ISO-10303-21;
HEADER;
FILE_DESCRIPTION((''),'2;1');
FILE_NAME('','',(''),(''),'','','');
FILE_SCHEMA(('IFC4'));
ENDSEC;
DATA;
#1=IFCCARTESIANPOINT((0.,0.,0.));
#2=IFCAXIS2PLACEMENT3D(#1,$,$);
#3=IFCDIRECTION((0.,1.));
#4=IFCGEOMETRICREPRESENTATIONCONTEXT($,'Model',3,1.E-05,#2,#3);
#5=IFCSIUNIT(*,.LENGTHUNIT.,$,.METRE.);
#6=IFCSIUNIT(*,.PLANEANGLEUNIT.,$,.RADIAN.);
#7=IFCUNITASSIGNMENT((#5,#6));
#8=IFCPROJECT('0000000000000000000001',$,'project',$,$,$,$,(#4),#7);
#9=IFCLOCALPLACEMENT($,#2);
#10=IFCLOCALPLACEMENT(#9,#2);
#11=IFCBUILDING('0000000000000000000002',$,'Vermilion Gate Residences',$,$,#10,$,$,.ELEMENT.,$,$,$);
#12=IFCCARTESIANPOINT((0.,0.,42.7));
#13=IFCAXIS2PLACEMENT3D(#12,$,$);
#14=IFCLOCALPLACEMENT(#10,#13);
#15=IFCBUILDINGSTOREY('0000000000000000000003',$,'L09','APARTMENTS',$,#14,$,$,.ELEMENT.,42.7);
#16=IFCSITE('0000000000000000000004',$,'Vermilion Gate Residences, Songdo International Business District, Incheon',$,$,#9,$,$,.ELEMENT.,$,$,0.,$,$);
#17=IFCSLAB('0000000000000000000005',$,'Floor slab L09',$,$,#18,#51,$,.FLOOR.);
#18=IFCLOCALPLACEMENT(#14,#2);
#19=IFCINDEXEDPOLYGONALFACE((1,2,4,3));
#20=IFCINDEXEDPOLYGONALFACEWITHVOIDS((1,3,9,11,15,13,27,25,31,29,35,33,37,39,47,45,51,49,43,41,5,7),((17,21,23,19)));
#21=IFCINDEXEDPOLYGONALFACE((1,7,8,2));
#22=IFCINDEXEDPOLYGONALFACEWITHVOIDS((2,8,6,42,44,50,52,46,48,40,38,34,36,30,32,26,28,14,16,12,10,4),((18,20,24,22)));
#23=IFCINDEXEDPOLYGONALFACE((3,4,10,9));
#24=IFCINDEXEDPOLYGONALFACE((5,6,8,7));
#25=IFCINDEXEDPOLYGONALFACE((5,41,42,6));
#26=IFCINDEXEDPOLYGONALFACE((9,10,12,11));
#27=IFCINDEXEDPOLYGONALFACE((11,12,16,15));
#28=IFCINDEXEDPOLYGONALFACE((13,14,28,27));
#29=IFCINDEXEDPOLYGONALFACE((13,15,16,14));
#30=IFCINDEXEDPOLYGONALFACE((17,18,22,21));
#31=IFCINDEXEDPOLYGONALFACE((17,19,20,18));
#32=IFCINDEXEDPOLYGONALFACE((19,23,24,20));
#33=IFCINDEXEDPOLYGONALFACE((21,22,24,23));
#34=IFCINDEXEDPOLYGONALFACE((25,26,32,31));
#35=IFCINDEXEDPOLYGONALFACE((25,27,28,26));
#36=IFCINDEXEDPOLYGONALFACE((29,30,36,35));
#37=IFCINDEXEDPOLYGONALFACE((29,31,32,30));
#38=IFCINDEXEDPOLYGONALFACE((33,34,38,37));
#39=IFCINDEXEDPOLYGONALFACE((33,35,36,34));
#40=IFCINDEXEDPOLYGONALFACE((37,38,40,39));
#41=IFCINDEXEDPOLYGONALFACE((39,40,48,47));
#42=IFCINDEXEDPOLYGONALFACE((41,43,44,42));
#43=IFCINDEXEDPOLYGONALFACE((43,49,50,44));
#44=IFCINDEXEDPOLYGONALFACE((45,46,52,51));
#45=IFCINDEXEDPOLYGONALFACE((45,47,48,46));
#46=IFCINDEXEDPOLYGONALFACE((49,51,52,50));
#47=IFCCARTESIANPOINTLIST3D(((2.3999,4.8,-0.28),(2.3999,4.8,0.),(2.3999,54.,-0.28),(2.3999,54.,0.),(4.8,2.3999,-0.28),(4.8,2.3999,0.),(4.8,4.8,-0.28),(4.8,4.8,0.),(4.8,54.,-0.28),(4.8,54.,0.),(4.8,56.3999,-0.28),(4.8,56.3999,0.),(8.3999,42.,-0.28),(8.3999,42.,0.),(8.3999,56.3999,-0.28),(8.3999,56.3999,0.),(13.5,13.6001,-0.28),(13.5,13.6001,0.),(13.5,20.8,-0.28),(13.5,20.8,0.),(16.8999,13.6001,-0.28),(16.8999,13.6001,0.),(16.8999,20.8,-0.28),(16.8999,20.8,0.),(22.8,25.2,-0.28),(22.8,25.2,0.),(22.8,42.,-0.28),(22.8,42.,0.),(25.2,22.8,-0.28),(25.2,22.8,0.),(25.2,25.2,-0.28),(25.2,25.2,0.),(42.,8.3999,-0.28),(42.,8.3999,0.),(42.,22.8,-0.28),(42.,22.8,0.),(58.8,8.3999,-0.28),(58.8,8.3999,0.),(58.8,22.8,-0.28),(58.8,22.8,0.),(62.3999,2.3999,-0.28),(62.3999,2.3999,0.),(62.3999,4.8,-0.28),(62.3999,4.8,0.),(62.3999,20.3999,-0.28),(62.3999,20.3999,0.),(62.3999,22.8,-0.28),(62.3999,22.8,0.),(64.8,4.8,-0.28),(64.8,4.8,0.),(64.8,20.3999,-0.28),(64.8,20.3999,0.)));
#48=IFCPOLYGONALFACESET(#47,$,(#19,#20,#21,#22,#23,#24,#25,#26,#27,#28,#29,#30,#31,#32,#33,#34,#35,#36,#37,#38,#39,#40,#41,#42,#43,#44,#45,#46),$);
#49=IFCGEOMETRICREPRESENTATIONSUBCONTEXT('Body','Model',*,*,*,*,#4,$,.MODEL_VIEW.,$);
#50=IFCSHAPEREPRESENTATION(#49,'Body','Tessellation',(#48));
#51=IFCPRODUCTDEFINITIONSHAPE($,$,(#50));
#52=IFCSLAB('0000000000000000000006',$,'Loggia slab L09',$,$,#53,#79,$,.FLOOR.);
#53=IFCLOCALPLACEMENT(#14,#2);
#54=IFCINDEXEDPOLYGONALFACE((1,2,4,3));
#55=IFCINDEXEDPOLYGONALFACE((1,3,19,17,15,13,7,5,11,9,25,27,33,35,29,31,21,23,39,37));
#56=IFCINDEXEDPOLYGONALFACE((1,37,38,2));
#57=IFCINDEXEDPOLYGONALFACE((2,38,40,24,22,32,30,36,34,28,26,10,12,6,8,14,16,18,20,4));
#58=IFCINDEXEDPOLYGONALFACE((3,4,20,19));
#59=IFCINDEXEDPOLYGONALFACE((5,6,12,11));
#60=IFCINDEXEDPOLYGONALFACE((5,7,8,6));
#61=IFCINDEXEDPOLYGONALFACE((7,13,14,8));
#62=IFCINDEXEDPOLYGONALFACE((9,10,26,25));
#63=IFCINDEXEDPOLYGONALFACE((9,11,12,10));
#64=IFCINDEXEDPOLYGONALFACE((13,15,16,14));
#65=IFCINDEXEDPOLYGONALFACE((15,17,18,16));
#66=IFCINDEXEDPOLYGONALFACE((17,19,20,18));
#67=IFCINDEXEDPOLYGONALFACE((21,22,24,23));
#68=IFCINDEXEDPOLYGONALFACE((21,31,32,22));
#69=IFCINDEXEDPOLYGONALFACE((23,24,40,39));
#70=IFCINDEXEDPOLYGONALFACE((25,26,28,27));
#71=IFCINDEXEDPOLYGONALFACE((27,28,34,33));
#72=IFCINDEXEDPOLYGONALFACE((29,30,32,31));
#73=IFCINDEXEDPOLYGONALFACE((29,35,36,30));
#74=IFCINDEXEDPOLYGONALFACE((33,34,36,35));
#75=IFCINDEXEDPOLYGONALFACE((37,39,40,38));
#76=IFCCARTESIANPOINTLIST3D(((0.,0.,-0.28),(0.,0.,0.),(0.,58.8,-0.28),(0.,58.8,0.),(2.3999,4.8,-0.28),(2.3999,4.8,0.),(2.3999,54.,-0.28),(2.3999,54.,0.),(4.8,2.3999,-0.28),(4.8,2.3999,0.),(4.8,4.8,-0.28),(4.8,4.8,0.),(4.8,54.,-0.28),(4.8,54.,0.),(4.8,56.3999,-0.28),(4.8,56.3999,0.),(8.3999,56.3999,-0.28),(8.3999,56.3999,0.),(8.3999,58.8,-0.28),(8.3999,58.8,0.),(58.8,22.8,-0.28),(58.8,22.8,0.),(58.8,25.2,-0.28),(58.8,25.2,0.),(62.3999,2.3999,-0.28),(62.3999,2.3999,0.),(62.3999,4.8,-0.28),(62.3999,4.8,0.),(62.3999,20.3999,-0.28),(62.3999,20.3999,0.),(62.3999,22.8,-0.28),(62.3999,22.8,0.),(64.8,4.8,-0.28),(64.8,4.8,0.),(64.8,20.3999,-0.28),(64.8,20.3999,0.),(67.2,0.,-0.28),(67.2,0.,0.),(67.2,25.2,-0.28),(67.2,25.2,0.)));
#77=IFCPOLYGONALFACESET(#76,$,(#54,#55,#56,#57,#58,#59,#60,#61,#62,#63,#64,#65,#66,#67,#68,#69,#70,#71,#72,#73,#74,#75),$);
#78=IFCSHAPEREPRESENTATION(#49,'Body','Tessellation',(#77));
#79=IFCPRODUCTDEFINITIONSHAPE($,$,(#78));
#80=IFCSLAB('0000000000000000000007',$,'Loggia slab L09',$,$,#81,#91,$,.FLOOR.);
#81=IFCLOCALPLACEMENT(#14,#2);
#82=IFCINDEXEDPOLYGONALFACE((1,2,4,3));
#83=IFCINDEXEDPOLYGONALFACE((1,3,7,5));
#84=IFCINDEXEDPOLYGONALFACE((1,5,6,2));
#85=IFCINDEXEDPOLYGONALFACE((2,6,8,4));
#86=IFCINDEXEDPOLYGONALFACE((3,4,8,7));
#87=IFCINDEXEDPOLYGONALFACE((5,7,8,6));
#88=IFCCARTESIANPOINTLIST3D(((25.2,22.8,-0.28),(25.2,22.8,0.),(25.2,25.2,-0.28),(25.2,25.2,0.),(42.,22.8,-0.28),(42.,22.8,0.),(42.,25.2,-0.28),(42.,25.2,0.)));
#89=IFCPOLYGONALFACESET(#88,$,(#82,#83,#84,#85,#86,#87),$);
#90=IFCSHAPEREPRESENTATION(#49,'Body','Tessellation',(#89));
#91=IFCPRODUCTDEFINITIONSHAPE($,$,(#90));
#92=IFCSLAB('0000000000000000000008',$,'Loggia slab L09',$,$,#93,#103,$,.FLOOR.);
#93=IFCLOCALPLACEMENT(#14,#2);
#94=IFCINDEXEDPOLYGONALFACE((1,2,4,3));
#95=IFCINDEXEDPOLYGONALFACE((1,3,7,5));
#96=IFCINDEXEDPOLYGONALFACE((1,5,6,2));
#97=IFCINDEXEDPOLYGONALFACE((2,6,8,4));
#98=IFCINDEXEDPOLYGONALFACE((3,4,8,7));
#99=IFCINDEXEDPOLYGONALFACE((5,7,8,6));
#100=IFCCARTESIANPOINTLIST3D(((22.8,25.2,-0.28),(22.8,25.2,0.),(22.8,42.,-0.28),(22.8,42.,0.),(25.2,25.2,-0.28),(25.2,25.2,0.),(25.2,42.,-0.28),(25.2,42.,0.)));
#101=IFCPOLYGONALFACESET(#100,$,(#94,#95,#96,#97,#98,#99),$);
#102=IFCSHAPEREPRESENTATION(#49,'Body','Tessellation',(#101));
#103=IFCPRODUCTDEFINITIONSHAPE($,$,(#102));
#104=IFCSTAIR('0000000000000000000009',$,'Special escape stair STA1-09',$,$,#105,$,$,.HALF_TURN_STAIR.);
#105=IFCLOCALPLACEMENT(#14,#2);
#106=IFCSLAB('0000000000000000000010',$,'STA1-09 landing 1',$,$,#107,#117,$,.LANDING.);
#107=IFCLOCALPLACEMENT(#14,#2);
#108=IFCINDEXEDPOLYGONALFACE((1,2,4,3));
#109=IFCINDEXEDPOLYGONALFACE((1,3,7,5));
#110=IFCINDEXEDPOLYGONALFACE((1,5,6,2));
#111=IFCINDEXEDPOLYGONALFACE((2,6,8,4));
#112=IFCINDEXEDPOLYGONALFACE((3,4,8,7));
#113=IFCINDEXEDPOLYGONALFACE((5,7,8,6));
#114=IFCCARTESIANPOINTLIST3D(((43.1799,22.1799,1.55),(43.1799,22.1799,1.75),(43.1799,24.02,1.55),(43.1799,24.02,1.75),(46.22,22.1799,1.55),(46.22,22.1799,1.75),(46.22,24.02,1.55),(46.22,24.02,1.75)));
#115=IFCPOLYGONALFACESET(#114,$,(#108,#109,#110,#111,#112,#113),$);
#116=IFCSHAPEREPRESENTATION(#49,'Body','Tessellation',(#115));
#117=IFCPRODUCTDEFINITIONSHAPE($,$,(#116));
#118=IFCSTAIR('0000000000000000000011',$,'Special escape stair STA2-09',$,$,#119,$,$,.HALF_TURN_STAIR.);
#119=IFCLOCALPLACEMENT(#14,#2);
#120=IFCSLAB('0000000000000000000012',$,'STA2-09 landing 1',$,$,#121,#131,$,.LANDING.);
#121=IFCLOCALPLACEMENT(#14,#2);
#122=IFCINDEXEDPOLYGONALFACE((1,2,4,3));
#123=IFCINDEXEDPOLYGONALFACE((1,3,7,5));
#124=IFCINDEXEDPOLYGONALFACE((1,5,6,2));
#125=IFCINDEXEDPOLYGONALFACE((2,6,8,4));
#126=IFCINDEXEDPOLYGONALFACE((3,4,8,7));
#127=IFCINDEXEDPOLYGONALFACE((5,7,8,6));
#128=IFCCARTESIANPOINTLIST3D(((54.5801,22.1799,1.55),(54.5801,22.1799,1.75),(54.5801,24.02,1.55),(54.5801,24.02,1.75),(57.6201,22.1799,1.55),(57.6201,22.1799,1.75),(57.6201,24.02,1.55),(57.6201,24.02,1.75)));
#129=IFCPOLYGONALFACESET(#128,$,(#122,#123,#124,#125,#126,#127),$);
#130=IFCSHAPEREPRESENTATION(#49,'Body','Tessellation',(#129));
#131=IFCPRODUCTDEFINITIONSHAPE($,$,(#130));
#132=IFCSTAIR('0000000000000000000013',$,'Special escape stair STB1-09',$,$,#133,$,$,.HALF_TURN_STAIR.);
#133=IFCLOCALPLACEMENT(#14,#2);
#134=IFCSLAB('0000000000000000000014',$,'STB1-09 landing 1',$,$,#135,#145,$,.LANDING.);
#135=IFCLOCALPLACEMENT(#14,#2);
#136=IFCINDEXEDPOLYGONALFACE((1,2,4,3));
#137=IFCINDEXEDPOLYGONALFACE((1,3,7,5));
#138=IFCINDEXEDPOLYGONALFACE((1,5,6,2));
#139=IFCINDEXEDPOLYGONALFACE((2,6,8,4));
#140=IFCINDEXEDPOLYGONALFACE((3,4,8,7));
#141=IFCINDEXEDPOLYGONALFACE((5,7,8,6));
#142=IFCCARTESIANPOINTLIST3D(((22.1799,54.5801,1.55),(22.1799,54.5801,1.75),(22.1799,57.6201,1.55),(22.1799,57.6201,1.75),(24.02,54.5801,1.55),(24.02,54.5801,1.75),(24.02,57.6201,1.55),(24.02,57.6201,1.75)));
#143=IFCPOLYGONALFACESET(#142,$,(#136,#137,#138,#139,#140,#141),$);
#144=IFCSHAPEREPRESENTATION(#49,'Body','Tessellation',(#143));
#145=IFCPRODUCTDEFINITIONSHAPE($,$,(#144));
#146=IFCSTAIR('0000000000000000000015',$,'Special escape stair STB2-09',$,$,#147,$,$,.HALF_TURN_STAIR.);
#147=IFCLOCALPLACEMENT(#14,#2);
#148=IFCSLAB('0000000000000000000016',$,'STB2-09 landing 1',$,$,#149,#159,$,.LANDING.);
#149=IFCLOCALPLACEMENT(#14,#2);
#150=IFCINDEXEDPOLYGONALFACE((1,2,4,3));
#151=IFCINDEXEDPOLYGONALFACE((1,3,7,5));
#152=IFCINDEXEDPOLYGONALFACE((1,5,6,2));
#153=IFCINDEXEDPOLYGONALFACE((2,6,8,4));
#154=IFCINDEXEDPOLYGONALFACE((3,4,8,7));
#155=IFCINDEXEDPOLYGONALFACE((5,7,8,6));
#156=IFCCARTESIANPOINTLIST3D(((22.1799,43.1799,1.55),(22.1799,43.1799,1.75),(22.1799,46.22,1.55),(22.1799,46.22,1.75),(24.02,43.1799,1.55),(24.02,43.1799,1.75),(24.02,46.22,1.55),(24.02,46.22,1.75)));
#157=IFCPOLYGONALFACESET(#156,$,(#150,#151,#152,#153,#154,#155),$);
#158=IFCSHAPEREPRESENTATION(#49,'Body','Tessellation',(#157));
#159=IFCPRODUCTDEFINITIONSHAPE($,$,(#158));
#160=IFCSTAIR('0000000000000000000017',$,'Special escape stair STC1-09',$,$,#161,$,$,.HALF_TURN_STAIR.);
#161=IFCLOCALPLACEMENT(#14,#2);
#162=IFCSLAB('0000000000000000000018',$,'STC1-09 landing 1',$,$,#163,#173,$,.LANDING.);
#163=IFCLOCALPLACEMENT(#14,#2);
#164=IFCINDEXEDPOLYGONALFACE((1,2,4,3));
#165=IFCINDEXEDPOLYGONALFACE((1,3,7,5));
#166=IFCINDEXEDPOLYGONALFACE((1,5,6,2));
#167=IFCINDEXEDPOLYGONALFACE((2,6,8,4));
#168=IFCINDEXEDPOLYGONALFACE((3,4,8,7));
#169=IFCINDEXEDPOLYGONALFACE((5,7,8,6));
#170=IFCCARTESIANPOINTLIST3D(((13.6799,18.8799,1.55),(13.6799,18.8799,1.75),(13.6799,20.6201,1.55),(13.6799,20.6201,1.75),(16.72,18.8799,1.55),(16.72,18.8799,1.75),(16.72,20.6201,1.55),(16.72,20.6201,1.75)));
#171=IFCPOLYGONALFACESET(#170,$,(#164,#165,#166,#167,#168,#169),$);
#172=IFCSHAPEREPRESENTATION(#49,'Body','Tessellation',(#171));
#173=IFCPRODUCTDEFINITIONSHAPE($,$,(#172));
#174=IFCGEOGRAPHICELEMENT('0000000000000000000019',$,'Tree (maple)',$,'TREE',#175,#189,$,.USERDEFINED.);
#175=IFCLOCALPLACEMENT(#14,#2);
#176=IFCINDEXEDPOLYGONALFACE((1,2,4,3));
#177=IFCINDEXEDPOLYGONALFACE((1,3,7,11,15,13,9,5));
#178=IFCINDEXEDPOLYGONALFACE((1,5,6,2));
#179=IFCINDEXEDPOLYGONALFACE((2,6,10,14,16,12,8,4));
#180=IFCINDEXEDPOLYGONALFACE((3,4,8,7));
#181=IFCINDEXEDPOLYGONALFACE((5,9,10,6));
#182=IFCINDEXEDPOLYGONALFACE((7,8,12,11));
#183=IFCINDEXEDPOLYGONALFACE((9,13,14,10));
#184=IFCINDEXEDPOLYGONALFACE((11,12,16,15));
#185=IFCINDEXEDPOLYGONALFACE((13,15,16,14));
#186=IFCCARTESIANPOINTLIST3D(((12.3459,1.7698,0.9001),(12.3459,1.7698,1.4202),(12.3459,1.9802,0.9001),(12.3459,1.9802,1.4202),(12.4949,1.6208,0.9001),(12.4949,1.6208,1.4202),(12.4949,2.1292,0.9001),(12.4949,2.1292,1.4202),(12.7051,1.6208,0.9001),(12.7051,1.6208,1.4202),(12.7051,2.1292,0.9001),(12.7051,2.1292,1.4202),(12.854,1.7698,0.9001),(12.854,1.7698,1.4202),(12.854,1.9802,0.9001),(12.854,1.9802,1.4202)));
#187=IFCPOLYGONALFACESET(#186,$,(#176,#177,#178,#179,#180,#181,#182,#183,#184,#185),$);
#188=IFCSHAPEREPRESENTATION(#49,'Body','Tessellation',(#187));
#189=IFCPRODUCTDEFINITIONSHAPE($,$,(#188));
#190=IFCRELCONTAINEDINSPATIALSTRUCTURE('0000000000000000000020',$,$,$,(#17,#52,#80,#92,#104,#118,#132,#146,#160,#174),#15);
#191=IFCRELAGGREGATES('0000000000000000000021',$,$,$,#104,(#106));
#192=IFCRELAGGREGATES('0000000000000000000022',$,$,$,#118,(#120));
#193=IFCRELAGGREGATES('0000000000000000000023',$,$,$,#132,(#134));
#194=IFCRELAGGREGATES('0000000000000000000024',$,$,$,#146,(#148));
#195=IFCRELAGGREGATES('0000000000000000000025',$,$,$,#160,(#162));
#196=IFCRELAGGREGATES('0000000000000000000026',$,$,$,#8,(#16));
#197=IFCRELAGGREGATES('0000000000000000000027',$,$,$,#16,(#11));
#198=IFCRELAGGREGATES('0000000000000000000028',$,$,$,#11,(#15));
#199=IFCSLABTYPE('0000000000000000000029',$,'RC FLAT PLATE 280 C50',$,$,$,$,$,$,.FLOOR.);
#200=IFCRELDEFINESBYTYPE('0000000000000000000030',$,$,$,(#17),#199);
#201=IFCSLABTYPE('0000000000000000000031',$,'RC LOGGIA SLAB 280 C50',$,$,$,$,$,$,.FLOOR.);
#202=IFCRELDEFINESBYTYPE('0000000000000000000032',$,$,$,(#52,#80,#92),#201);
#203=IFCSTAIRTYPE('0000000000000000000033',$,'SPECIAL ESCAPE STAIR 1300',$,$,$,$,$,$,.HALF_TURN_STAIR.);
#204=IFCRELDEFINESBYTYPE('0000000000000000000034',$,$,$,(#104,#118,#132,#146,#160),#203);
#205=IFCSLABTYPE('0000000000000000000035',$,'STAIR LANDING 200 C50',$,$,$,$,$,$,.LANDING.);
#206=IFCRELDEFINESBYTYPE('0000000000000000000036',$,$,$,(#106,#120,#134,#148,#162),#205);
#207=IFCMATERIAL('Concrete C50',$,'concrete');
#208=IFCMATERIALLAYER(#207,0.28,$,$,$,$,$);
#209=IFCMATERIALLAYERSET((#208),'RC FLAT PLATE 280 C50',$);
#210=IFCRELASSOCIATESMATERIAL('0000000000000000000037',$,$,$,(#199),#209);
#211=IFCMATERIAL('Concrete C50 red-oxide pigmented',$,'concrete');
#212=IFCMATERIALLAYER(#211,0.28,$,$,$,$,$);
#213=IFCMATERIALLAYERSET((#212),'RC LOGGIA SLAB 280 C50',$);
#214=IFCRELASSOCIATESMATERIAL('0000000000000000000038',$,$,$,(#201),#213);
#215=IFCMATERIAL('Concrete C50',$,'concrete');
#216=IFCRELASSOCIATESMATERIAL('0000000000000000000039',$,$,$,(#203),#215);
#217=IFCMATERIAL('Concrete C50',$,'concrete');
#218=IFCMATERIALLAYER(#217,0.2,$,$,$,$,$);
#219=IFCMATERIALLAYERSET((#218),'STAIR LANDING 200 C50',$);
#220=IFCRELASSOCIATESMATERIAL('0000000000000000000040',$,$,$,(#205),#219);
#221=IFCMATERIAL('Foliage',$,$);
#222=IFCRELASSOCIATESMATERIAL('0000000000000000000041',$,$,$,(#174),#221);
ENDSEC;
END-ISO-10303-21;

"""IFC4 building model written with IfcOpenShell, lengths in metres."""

from ifc_helpers import new_model, si_unit, direction, frame, origin, place, context, subcontext, project, spatial, polyline, outline, extrude, material, layer, layer_set, type_object, element, aggregate, save


model = new_model("IFC4")

# Units and contexts
model_context = context("Model", 3, precision=1e-05, world=origin(), true_north=direction((0.0, 1.0)))
body_context = subcontext(model_context, "Body", "Model", "MODEL_VIEW")
ifc_project = project(units=[si_unit("LENGTHUNIT", "METRE"), si_unit("PLANEANGLEUNIT", "RADIAN")], contexts=[model_context])

# Site, building, storey
site_placement = place(None, origin())
site = spatial("IfcSite", under=ifc_project, at=site_placement, Name="Vermilion Gate Residences, Songdo International Business District, Incheon", CompositionType="ELEMENT", RefElevation=0.0)
building_placement = place(site_placement, origin())
building = spatial("IfcBuilding", under=site, at=building_placement, Name="Vermilion Gate Residences", CompositionType="ELEMENT")
storey_placement = place(building_placement, frame((0.0, 0.0, 42.7)))
storey = spatial("IfcBuildingStorey", under=building, at=storey_placement, Name="L09", Description="APARTMENTS", CompositionType="ELEMENT", Elevation=42.7)

# Slabs
ifc_material_1 = material(Name="Concrete C50", Category="concrete")
ifc_layer_1 = layer(ifc_material_1, 0.28)
ifc_layer_set_1 = layer_set([ifc_layer_1], Name="RC FLAT PLATE 280 C50")
slab_type_1 = type_object("IfcSlabType", Name="RC FLAT PLATE 280 C50", PredefinedType="FLOOR", material=ifc_layer_set_1)
slab_1_placement = place(storey_placement, frame((0.0, 0.0, -0.28)))
element("IfcSlab", 1, at=slab_1_placement, inside=storey, type_object=slab_type_1, Name="Floor slab L09", PredefinedType="FLOOR", context=body_context, shape_type="SweptSolid", body=[
    extrude(outline(polyline([(22.8, 25.2), (22.8, 42.0), (8.3999, 42.0), (8.3999, 56.3999), (4.8, 56.3999), (4.8, 54.0), (2.3999, 54.0), (2.3999, 4.8), (4.8, 4.8), (4.8, 2.3999), (62.3999, 2.3999), (62.3999, 4.8), (64.8, 4.8), (64.8, 20.3999), (62.3999, 20.3999), (62.3999, 22.8), (58.8, 22.8), (58.8, 8.3999), (42.0, 8.3999), (42.0, 22.8), (25.2, 22.8), (25.2, 25.2), (22.8, 25.2)]), holes=[polyline([(13.5, 13.6001), (13.5, 20.8), (16.8999, 20.8), (16.8999, 13.6001), (13.5, 13.6001)])]), origin(), (0.0, 0.0, 1.0), 0.28),
])
ifc_material_2 = material(Name="Concrete C50 red-oxide pigmented", Category="concrete")
ifc_layer_2 = layer(ifc_material_2, 0.28)
ifc_layer_set_2 = layer_set([ifc_layer_2], Name="RC LOGGIA SLAB 280 C50")
slab_type_2 = type_object("IfcSlabType", Name="RC LOGGIA SLAB 280 C50", PredefinedType="FLOOR", material=ifc_layer_set_2)
slab_2_placement = place(storey_placement, frame((0.0, 0.0, -0.28)))
element("IfcSlab", 2, at=slab_2_placement, inside=storey, type_object=slab_type_2, Name="Loggia slab L09", PredefinedType="FLOOR", context=body_context, shape_type="SweptSolid", body=[
    extrude(outline(polyline([(0.0, 58.8), (0.0, 0.0), (67.2, 0.0), (67.2, 25.2), (58.8, 25.2), (58.8, 22.8), (62.3999, 22.8), (62.3999, 20.3999), (64.8, 20.3999), (64.8, 4.8), (62.3999, 4.8), (62.3999, 2.3999), (4.8, 2.3999), (4.8, 4.8), (2.3999, 4.8), (2.3999, 54.0), (4.8, 54.0), (4.8, 56.3999), (8.3999, 56.3999), (8.3999, 58.8), (0.0, 58.8)])), origin(), (0.0, 0.0, 1.0), 0.28),
])
slab_3_placement = place(storey_placement, frame((0.0, 0.0, -0.28)))
element("IfcSlab", 3, at=slab_3_placement, inside=storey, type_object=slab_type_2, Name="Loggia slab L09", PredefinedType="FLOOR", context=body_context, shape_type="SweptSolid", body=[
    extrude(outline(polyline([(25.2, 22.8), (42.0, 22.8), (42.0, 25.2), (25.2, 25.2), (25.2, 22.8)])), origin(), (0.0, 0.0, 1.0), 0.28),
])
slab_4_placement = place(storey_placement, frame((0.0, 0.0, -0.28)))
element("IfcSlab", 4, at=slab_4_placement, inside=storey, type_object=slab_type_2, Name="Loggia slab L09", PredefinedType="FLOOR", context=body_context, shape_type="SweptSolid", body=[
    extrude(outline(polyline([(22.8, 42.0), (22.8, 25.2), (25.2, 25.2), (25.2, 42.0), (22.8, 42.0)])), origin(), (0.0, 0.0, 1.0), 0.28),
])

# Stairs, slabs
ifc_material_3 = material(Name="Concrete C50", Category="concrete")
stair_type = type_object("IfcStairType", Name="SPECIAL ESCAPE STAIR 1300", PredefinedType="HALF_TURN_STAIR", material=ifc_material_3)
stair_1_placement = place(storey_placement, origin())
stair_1 = element("IfcStair", 5, at=stair_1_placement, inside=storey, type_object=stair_type, Name="Special escape stair STA1-09", PredefinedType="HALF_TURN_STAIR")
ifc_material_4 = material(Name="Concrete C50", Category="concrete")
ifc_layer_3 = layer(ifc_material_4, 0.2)
ifc_layer_set_3 = layer_set([ifc_layer_3], Name="STAIR LANDING 200 C50")
slab_type_3 = type_object("IfcSlabType", Name="STAIR LANDING 200 C50", PredefinedType="LANDING", material=ifc_layer_set_3)
slab_5_placement = place(storey_placement, frame((0.0, 0.0, 1.55)))
slab_5 = element("IfcSlab", 6, at=slab_5_placement, type_object=slab_type_3, Name="STA1-09 landing 1", PredefinedType="LANDING", context=body_context, shape_type="SweptSolid", body=[
    extrude(outline(polyline([(46.22, 22.1799), (46.22, 24.02), (43.1799, 24.02), (43.1799, 22.1799), (46.22, 22.1799)])), origin(), (0.0, 0.0, 1.0), 0.2),
])
aggregate(stair_1, [slab_5])
stair_2_placement = place(storey_placement, origin())
stair_2 = element("IfcStair", 7, at=stair_2_placement, inside=storey, type_object=stair_type, Name="Special escape stair STA2-09", PredefinedType="HALF_TURN_STAIR")
slab_6_placement = place(storey_placement, frame((0.0, 0.0, 1.55)))
slab_6 = element("IfcSlab", 8, at=slab_6_placement, type_object=slab_type_3, Name="STA2-09 landing 1", PredefinedType="LANDING", context=body_context, shape_type="SweptSolid", body=[
    extrude(outline(polyline([(57.6201, 22.1799), (57.6201, 24.02), (54.5801, 24.02), (54.5801, 22.1799), (57.6201, 22.1799)])), origin(), (0.0, 0.0, 1.0), 0.2),
])
aggregate(stair_2, [slab_6])
stair_3_placement = place(storey_placement, origin())
stair_3 = element("IfcStair", 9, at=stair_3_placement, inside=storey, type_object=stair_type, Name="Special escape stair STB1-09", PredefinedType="HALF_TURN_STAIR")
slab_7_placement = place(storey_placement, frame((0.0, 0.0, 1.55)))
slab_7 = element("IfcSlab", 10, at=slab_7_placement, type_object=slab_type_3, Name="STB1-09 landing 1", PredefinedType="LANDING", context=body_context, shape_type="SweptSolid", body=[
    extrude(outline(polyline([(24.02, 54.5801), (24.02, 57.6201), (22.1799, 57.6201), (22.1799, 54.5801), (24.02, 54.5801)])), origin(), (0.0, 0.0, 1.0), 0.2),
])
aggregate(stair_3, [slab_7])
stair_4_placement = place(storey_placement, origin())
stair_4 = element("IfcStair", 11, at=stair_4_placement, inside=storey, type_object=stair_type, Name="Special escape stair STB2-09", PredefinedType="HALF_TURN_STAIR")
slab_8_placement = place(storey_placement, frame((0.0, 0.0, 1.55)))
slab_8 = element("IfcSlab", 12, at=slab_8_placement, type_object=slab_type_3, Name="STB2-09 landing 1", PredefinedType="LANDING", context=body_context, shape_type="SweptSolid", body=[
    extrude(outline(polyline([(24.02, 43.1799), (24.02, 46.22), (22.1799, 46.22), (22.1799, 43.1799), (24.02, 43.1799)])), origin(), (0.0, 0.0, 1.0), 0.2),
])
aggregate(stair_4, [slab_8])
stair_5_placement = place(storey_placement, origin())
stair_5 = element("IfcStair", 13, at=stair_5_placement, inside=storey, type_object=stair_type, Name="Special escape stair STC1-09", PredefinedType="HALF_TURN_STAIR")
slab_9_placement = place(storey_placement, frame((0.0, 0.0, 1.55)))
slab_9 = element("IfcSlab", 14, at=slab_9_placement, type_object=slab_type_3, Name="STC1-09 landing 1", PredefinedType="LANDING", context=body_context, shape_type="SweptSolid", body=[
    extrude(outline(polyline([(16.72, 18.8799), (16.72, 20.6201), (13.6799, 20.6201), (13.6799, 18.8799), (16.72, 18.8799)])), origin(), (0.0, 0.0, 1.0), 0.2),
])
aggregate(stair_5, [slab_9])

# Geographic element
ifc_material_5 = material(Name="Foliage")
geographic_element_1_placement = place(storey_placement, frame((0.0, 0.0, 0.9001)))
element("IfcGeographicElement", 15, at=geographic_element_1_placement, inside=storey, material=ifc_material_5, Name="Tree (maple)", ObjectType="TREE", PredefinedType="USERDEFINED", context=body_context, shape_type="SweptSolid", body=[
    extrude(outline(polyline([(12.854, 1.9802), (12.7051, 2.1292), (12.4949, 2.1292), (12.3459, 1.9802), (12.3459, 1.7698), (12.4949, 1.6208), (12.7051, 1.6208), (12.854, 1.7698), (12.854, 1.9802)])), origin(), (0.0, 0.0, 1.0), 0.52),
])

save(model, "model.ifc")
